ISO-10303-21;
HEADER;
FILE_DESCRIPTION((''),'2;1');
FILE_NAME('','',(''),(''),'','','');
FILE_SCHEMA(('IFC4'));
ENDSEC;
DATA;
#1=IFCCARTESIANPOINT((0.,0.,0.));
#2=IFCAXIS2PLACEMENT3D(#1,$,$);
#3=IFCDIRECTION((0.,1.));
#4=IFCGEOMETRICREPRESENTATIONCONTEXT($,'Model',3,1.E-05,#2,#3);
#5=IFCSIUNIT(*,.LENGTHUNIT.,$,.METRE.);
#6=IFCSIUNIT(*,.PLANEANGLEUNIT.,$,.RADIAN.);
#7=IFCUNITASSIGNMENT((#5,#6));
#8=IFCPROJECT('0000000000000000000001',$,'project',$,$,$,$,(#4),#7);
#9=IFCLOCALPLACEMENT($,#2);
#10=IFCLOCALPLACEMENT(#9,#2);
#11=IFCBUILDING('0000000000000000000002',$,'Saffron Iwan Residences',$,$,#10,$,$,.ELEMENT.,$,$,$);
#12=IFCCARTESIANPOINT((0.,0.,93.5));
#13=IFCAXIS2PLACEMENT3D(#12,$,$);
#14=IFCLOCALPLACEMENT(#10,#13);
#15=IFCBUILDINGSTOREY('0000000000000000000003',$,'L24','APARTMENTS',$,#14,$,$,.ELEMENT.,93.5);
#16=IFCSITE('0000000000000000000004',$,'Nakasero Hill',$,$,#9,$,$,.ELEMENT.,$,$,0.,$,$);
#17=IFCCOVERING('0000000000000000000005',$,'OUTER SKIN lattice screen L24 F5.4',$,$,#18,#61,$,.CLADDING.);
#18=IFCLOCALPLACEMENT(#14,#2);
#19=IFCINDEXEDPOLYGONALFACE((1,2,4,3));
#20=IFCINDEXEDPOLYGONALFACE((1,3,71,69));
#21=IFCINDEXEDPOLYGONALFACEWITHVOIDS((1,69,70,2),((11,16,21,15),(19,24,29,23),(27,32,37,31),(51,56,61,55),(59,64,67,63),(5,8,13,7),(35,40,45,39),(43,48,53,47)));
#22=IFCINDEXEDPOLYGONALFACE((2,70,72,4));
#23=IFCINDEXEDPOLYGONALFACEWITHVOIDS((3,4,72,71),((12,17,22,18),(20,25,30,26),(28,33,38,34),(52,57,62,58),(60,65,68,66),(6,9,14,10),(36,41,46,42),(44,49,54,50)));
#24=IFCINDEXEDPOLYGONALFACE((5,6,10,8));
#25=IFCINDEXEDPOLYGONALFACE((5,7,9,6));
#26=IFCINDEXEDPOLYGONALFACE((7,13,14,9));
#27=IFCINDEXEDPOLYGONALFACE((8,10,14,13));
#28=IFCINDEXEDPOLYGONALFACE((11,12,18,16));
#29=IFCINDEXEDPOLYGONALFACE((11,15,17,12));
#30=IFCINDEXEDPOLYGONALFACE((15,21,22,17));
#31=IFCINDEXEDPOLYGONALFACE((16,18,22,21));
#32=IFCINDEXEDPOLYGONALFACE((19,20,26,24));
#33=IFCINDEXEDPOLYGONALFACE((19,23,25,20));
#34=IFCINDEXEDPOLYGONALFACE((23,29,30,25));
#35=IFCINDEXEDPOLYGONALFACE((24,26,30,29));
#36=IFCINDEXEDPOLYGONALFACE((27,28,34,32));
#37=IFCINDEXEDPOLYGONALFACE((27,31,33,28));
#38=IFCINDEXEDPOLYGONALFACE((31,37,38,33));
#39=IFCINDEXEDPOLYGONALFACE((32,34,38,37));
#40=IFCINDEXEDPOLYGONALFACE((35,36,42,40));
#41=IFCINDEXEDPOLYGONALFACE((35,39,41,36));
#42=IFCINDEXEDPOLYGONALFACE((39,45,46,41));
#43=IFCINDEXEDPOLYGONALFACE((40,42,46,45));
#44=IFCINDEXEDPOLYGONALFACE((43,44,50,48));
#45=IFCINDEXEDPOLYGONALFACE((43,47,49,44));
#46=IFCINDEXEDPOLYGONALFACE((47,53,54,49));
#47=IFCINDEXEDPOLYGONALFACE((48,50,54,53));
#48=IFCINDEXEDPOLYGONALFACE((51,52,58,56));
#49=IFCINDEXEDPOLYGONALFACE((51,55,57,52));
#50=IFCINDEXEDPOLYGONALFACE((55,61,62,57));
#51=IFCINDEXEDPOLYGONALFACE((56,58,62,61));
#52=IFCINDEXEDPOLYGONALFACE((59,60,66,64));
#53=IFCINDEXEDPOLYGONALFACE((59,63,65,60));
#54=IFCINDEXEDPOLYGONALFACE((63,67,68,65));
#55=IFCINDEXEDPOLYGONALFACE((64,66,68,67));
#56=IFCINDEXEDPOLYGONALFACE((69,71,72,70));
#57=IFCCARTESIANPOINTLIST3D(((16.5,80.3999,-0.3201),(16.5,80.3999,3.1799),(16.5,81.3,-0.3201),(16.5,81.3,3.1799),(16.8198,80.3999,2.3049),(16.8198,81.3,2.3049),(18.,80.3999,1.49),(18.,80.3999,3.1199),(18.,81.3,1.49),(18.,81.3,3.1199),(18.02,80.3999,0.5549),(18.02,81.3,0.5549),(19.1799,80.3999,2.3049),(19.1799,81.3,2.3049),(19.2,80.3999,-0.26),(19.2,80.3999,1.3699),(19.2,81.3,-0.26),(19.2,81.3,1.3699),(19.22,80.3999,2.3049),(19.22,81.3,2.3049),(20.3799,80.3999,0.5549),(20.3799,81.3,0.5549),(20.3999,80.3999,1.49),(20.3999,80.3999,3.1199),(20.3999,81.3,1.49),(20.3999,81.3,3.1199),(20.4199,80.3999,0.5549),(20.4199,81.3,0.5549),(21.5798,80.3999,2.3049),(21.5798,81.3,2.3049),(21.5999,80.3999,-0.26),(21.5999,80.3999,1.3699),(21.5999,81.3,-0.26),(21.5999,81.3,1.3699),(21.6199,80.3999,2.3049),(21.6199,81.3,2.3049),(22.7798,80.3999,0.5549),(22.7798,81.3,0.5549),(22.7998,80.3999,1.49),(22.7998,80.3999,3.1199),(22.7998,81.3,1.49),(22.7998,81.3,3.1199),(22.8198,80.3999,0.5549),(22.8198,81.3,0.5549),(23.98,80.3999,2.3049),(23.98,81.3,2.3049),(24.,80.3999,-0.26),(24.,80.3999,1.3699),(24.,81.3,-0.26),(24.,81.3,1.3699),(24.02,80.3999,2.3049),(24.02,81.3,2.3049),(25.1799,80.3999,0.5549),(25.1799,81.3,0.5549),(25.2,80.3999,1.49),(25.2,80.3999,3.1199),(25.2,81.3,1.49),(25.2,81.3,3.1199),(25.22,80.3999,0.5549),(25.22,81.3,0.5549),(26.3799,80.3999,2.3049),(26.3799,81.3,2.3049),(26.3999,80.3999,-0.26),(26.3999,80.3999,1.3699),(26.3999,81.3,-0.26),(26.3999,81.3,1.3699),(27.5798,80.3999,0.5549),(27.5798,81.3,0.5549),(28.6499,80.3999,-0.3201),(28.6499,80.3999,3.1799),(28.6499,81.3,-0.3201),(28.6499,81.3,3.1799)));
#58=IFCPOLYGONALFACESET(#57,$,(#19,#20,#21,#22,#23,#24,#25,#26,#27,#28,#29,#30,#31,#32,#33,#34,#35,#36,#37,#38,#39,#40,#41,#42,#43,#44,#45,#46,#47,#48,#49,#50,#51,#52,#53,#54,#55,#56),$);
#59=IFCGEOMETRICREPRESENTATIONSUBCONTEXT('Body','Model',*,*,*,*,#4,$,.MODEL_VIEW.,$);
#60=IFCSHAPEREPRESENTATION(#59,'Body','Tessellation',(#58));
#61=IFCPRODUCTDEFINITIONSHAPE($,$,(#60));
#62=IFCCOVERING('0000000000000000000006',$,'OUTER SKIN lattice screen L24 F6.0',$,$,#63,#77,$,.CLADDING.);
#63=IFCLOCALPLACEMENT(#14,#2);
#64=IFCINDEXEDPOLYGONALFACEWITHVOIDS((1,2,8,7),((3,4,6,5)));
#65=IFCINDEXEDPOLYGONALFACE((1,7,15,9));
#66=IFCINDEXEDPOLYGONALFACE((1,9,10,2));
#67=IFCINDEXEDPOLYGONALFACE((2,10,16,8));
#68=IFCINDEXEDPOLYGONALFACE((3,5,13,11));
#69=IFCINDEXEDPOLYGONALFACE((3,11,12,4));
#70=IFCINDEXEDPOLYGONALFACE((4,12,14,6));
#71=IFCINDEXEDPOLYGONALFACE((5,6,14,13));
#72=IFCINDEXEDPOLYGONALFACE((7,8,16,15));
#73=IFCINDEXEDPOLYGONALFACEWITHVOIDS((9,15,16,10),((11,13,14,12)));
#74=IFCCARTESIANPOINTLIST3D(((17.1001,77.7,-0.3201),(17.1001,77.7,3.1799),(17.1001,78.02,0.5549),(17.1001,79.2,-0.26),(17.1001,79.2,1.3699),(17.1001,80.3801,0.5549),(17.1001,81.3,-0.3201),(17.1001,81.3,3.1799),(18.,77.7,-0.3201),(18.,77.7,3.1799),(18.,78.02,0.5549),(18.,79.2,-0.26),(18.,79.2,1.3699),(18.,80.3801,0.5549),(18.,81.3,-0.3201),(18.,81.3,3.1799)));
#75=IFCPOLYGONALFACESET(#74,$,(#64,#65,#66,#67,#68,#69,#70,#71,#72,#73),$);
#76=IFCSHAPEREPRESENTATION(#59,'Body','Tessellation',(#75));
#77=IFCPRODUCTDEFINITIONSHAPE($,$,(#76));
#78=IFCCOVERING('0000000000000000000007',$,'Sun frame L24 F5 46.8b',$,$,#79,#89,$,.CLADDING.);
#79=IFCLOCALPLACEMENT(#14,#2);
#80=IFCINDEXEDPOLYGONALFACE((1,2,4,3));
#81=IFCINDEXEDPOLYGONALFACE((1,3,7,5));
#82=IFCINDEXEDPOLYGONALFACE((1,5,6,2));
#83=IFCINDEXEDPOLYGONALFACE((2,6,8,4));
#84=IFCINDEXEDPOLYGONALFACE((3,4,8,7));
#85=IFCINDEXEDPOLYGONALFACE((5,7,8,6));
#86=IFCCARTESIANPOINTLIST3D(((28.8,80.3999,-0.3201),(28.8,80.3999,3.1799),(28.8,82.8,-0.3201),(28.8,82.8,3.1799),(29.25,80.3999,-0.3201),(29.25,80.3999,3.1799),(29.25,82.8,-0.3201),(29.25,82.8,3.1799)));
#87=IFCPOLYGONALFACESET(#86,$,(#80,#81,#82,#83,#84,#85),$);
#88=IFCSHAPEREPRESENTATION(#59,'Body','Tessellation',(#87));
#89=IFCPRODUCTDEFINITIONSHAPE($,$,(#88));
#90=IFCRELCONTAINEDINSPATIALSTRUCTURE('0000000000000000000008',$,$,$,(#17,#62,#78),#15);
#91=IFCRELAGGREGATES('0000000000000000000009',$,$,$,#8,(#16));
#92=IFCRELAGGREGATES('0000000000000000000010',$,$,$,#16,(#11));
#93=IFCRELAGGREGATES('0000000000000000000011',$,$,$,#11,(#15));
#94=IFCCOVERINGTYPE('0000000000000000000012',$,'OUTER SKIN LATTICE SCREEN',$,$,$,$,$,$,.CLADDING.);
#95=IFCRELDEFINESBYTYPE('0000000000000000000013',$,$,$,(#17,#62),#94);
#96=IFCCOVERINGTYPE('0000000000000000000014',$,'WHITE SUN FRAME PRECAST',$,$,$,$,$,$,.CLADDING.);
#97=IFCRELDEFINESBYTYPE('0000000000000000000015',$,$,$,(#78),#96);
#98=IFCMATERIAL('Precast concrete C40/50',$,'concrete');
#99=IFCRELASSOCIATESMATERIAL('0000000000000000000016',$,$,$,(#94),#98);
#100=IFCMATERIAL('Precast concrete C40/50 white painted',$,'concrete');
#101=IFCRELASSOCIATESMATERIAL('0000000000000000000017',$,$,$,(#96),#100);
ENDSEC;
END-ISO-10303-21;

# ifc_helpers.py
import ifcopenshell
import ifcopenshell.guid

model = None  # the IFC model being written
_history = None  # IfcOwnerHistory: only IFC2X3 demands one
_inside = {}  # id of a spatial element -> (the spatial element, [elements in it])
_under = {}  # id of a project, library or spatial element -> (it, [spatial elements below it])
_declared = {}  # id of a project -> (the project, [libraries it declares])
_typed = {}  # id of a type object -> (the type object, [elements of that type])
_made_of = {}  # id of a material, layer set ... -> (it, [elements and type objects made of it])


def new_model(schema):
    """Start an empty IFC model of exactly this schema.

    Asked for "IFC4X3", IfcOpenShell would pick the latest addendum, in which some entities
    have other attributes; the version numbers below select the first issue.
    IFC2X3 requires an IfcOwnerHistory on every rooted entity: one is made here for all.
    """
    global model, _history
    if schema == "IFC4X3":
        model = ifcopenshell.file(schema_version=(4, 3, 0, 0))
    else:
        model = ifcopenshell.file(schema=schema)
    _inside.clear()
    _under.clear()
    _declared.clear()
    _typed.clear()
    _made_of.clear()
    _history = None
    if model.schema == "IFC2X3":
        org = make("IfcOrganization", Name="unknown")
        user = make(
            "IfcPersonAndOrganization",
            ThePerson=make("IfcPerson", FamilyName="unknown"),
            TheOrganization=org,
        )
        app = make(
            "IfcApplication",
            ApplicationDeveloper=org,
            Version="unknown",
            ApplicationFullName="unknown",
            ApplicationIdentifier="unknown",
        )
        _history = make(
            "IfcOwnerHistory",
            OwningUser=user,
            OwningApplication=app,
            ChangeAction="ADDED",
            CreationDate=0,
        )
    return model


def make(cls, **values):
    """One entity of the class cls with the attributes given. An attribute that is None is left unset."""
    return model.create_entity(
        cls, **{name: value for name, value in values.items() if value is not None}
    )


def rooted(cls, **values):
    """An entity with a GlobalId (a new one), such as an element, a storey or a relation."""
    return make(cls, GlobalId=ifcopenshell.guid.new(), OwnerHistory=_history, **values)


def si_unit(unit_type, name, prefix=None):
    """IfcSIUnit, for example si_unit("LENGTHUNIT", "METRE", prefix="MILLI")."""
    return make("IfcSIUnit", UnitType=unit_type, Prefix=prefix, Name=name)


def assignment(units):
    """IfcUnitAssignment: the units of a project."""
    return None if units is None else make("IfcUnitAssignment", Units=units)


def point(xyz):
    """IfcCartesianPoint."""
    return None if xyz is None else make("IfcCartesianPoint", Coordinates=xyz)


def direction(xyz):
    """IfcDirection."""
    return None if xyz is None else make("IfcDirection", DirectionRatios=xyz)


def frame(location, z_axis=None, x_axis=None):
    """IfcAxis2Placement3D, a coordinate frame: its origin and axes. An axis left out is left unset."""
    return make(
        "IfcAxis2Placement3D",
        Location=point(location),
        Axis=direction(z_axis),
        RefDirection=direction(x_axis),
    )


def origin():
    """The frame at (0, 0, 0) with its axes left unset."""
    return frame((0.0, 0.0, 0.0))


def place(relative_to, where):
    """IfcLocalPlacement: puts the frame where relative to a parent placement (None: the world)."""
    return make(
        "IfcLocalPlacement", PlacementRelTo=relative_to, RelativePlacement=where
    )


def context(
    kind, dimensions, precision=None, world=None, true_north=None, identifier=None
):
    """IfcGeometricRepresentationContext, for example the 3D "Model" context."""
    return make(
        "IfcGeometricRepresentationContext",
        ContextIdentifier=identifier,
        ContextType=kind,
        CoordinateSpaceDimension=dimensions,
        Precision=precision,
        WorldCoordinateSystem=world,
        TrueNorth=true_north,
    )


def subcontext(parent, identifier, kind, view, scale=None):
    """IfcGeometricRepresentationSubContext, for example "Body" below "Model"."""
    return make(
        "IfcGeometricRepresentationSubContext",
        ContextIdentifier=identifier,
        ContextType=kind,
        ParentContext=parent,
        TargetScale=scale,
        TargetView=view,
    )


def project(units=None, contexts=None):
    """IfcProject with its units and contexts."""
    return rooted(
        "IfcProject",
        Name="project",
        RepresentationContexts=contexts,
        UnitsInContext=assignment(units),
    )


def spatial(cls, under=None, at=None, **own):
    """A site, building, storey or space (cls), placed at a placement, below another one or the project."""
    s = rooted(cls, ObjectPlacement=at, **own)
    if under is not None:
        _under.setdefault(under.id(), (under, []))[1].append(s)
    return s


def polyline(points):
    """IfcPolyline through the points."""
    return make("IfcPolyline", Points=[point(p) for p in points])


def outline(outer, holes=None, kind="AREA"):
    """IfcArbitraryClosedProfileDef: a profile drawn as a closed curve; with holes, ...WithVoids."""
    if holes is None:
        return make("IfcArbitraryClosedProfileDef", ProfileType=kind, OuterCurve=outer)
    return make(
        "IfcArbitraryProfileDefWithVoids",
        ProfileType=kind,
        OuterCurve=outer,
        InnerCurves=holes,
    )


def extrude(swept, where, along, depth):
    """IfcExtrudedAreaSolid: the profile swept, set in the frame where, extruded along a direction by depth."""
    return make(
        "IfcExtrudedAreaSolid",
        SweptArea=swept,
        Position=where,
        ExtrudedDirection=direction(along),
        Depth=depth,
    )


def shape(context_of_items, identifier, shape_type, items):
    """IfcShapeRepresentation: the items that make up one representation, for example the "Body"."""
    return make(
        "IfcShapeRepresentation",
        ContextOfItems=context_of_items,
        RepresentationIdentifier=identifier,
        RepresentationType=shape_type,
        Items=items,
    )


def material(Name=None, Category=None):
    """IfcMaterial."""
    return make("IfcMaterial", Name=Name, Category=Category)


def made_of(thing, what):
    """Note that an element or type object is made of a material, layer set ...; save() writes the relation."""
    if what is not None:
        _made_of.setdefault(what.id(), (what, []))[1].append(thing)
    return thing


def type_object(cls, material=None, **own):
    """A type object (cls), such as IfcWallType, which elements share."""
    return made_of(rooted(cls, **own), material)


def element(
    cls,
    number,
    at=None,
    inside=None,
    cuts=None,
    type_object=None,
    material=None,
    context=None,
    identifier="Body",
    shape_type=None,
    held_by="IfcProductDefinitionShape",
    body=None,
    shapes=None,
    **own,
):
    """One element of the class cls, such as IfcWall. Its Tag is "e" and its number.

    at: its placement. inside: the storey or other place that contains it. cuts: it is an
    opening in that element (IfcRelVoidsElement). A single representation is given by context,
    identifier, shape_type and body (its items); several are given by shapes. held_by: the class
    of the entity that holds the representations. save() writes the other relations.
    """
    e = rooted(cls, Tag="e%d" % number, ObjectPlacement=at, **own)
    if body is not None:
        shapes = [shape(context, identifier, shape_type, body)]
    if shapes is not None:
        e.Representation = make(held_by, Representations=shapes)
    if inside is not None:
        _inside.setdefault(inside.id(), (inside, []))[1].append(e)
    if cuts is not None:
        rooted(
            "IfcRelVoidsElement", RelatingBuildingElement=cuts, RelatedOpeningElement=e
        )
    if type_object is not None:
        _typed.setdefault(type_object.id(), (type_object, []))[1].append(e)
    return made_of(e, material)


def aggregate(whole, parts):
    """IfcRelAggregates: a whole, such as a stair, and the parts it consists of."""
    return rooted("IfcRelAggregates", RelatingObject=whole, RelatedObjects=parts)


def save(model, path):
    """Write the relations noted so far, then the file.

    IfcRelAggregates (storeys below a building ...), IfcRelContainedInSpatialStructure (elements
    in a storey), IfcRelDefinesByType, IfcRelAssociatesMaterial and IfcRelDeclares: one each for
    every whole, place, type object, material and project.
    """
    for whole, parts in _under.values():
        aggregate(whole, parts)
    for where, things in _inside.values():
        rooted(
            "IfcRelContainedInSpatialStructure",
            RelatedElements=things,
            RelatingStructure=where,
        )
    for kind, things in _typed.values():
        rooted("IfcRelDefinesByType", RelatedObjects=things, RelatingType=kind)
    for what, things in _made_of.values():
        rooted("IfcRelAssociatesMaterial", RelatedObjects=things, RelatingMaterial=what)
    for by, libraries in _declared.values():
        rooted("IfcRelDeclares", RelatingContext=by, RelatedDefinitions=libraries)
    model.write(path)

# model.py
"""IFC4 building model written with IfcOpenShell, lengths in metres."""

from ifc_helpers import new_model, si_unit, direction, frame, origin, place, context, subcontext, project, spatial, polyline, outline, extrude, material, type_object, element, save


model = new_model("IFC4")

# Units and contexts
model_context = context("Model", 3, precision=1e-05, world=origin(), true_north=direction((0.0, 1.0)))
body_context = subcontext(model_context, "Body", "Model", "MODEL_VIEW")
ifc_project = project(units=[si_unit("LENGTHUNIT", "METRE"), si_unit("PLANEANGLEUNIT", "RADIAN")], contexts=[model_context])

# Site, building, storey
site_placement = place(None, origin())
site = spatial("IfcSite", under=ifc_project, at=site_placement, Name="Nakasero Hill", CompositionType="ELEMENT", RefElevation=0.0)
building_placement = place(site_placement, origin())
building = spatial("IfcBuilding", under=site, at=building_placement, Name="Saffron Iwan Residences", CompositionType="ELEMENT")
storey_placement = place(building_placement, frame((0.0, 0.0, 93.5)))
storey = spatial("IfcBuildingStorey", under=building, at=storey_placement, Name="L24", Description="APARTMENTS", CompositionType="ELEMENT", Elevation=93.5)

# Coverings
ifc_material_1 = material(Name="Precast concrete C40/50", Category="concrete")
covering_type_1 = type_object("IfcCoveringType", Name="OUTER SKIN LATTICE SCREEN", PredefinedType="CLADDING", material=ifc_material_1)
covering_1_placement = place(storey_placement, frame((28.6499, 80.3999, -0.3201), z_axis=(0.0, 1.0, 0.0), x_axis=(-1.0, 0.0, 0.0)))
element("IfcCovering", 1, at=covering_1_placement, inside=storey, type_object=covering_type_1, Name="OUTER SKIN lattice screen L24 F5.4", PredefinedType="CLADDING", context=body_context, shape_type="SweptSolid", body=[
    extrude(outline(polyline([(0.0, 0.0), (12.1499, 0.0), (12.1499, 3.5), (0.0, 3.5), (0.0, 0.0)]), holes=[polyline([(1.0701, 0.875), (2.25, 0.0601), (3.4299, 0.875), (2.25, 1.6899), (1.0701, 0.875)]), polyline([(3.47, 0.875), (4.6499, 0.0601), (5.8301, 0.875), (4.6499, 1.6899), (3.47, 0.875)]), polyline([(5.8701, 0.875), (7.05, 0.0601), (8.23, 0.875), (7.05, 1.6899), (5.8701, 0.875)]), polyline([(8.27, 0.875), (9.45, 0.0601), (10.6299, 0.875), (9.45, 1.6899), (8.27, 0.875)]), polyline([(2.27, 2.625), (3.45, 1.8101), (4.6299, 2.625), (3.45, 3.4399), (2.27, 2.625)]), polyline([(4.6699, 2.625), (5.8501, 1.8101), (7.03, 2.625), (5.8501, 3.4399), (4.6699, 2.625)]), polyline([(7.0701, 2.625), (8.25, 1.8101), (9.4299, 2.625), (8.25, 3.4399), (7.0701, 2.625)]), polyline([(9.47, 2.625), (10.6499, 1.8101), (11.8301, 2.625), (10.6499, 3.4399), (9.47, 2.625)])]), origin(), (0.0, 0.0, 1.0), 0.9001),
])
covering_2_placement = place(storey_placement, frame((18.0, 81.3, -0.3201), z_axis=(-1.0, 0.0, 0.0), x_axis=(0.0, -1.0, 0.0)))
element("IfcCovering", 2, at=covering_2_placement, inside=storey, type_object=covering_type_1, Name="OUTER SKIN lattice screen L24 F6.0", PredefinedType="CLADDING", context=body_context, shape_type="SweptSolid", body=[
    extrude(outline(polyline([(0.0, 0.0), (3.6001, 0.0), (3.6001, 3.5), (0.0, 3.5), (0.0, 0.0)]), holes=[polyline([(0.9199, 0.875), (2.1001, 0.0601), (3.28, 0.875), (2.1001, 1.6899), (0.9199, 0.875)])]), origin(), (0.0, 0.0, 1.0), 0.8999),
])
ifc_material_2 = material(Name="Precast concrete C40/50 white painted", Category="concrete")
covering_type_2 = type_object("IfcCoveringType", Name="WHITE SUN FRAME PRECAST", PredefinedType="CLADDING", material=ifc_material_2)
covering_3_placement = place(storey_placement, frame((29.25, 80.3999, -0.3201), z_axis=(0.0, 1.0, 0.0), x_axis=(-1.0, 0.0, 0.0)))
element("IfcCovering", 3, at=covering_3_placement, inside=storey, type_object=covering_type_2, Name="Sun frame L24 F5 46.8b", PredefinedType="CLADDING", context=body_context, shape_type="SweptSolid", body=[
    extrude(outline(polyline([(0.0, 0.0), (0.45, 0.0), (0.45, 3.5), (0.0, 3.5), (0.0, 0.0)])), origin(), (0.0, 0.0, 1.0), 2.4001),
])

save(model, "model.ifc")
